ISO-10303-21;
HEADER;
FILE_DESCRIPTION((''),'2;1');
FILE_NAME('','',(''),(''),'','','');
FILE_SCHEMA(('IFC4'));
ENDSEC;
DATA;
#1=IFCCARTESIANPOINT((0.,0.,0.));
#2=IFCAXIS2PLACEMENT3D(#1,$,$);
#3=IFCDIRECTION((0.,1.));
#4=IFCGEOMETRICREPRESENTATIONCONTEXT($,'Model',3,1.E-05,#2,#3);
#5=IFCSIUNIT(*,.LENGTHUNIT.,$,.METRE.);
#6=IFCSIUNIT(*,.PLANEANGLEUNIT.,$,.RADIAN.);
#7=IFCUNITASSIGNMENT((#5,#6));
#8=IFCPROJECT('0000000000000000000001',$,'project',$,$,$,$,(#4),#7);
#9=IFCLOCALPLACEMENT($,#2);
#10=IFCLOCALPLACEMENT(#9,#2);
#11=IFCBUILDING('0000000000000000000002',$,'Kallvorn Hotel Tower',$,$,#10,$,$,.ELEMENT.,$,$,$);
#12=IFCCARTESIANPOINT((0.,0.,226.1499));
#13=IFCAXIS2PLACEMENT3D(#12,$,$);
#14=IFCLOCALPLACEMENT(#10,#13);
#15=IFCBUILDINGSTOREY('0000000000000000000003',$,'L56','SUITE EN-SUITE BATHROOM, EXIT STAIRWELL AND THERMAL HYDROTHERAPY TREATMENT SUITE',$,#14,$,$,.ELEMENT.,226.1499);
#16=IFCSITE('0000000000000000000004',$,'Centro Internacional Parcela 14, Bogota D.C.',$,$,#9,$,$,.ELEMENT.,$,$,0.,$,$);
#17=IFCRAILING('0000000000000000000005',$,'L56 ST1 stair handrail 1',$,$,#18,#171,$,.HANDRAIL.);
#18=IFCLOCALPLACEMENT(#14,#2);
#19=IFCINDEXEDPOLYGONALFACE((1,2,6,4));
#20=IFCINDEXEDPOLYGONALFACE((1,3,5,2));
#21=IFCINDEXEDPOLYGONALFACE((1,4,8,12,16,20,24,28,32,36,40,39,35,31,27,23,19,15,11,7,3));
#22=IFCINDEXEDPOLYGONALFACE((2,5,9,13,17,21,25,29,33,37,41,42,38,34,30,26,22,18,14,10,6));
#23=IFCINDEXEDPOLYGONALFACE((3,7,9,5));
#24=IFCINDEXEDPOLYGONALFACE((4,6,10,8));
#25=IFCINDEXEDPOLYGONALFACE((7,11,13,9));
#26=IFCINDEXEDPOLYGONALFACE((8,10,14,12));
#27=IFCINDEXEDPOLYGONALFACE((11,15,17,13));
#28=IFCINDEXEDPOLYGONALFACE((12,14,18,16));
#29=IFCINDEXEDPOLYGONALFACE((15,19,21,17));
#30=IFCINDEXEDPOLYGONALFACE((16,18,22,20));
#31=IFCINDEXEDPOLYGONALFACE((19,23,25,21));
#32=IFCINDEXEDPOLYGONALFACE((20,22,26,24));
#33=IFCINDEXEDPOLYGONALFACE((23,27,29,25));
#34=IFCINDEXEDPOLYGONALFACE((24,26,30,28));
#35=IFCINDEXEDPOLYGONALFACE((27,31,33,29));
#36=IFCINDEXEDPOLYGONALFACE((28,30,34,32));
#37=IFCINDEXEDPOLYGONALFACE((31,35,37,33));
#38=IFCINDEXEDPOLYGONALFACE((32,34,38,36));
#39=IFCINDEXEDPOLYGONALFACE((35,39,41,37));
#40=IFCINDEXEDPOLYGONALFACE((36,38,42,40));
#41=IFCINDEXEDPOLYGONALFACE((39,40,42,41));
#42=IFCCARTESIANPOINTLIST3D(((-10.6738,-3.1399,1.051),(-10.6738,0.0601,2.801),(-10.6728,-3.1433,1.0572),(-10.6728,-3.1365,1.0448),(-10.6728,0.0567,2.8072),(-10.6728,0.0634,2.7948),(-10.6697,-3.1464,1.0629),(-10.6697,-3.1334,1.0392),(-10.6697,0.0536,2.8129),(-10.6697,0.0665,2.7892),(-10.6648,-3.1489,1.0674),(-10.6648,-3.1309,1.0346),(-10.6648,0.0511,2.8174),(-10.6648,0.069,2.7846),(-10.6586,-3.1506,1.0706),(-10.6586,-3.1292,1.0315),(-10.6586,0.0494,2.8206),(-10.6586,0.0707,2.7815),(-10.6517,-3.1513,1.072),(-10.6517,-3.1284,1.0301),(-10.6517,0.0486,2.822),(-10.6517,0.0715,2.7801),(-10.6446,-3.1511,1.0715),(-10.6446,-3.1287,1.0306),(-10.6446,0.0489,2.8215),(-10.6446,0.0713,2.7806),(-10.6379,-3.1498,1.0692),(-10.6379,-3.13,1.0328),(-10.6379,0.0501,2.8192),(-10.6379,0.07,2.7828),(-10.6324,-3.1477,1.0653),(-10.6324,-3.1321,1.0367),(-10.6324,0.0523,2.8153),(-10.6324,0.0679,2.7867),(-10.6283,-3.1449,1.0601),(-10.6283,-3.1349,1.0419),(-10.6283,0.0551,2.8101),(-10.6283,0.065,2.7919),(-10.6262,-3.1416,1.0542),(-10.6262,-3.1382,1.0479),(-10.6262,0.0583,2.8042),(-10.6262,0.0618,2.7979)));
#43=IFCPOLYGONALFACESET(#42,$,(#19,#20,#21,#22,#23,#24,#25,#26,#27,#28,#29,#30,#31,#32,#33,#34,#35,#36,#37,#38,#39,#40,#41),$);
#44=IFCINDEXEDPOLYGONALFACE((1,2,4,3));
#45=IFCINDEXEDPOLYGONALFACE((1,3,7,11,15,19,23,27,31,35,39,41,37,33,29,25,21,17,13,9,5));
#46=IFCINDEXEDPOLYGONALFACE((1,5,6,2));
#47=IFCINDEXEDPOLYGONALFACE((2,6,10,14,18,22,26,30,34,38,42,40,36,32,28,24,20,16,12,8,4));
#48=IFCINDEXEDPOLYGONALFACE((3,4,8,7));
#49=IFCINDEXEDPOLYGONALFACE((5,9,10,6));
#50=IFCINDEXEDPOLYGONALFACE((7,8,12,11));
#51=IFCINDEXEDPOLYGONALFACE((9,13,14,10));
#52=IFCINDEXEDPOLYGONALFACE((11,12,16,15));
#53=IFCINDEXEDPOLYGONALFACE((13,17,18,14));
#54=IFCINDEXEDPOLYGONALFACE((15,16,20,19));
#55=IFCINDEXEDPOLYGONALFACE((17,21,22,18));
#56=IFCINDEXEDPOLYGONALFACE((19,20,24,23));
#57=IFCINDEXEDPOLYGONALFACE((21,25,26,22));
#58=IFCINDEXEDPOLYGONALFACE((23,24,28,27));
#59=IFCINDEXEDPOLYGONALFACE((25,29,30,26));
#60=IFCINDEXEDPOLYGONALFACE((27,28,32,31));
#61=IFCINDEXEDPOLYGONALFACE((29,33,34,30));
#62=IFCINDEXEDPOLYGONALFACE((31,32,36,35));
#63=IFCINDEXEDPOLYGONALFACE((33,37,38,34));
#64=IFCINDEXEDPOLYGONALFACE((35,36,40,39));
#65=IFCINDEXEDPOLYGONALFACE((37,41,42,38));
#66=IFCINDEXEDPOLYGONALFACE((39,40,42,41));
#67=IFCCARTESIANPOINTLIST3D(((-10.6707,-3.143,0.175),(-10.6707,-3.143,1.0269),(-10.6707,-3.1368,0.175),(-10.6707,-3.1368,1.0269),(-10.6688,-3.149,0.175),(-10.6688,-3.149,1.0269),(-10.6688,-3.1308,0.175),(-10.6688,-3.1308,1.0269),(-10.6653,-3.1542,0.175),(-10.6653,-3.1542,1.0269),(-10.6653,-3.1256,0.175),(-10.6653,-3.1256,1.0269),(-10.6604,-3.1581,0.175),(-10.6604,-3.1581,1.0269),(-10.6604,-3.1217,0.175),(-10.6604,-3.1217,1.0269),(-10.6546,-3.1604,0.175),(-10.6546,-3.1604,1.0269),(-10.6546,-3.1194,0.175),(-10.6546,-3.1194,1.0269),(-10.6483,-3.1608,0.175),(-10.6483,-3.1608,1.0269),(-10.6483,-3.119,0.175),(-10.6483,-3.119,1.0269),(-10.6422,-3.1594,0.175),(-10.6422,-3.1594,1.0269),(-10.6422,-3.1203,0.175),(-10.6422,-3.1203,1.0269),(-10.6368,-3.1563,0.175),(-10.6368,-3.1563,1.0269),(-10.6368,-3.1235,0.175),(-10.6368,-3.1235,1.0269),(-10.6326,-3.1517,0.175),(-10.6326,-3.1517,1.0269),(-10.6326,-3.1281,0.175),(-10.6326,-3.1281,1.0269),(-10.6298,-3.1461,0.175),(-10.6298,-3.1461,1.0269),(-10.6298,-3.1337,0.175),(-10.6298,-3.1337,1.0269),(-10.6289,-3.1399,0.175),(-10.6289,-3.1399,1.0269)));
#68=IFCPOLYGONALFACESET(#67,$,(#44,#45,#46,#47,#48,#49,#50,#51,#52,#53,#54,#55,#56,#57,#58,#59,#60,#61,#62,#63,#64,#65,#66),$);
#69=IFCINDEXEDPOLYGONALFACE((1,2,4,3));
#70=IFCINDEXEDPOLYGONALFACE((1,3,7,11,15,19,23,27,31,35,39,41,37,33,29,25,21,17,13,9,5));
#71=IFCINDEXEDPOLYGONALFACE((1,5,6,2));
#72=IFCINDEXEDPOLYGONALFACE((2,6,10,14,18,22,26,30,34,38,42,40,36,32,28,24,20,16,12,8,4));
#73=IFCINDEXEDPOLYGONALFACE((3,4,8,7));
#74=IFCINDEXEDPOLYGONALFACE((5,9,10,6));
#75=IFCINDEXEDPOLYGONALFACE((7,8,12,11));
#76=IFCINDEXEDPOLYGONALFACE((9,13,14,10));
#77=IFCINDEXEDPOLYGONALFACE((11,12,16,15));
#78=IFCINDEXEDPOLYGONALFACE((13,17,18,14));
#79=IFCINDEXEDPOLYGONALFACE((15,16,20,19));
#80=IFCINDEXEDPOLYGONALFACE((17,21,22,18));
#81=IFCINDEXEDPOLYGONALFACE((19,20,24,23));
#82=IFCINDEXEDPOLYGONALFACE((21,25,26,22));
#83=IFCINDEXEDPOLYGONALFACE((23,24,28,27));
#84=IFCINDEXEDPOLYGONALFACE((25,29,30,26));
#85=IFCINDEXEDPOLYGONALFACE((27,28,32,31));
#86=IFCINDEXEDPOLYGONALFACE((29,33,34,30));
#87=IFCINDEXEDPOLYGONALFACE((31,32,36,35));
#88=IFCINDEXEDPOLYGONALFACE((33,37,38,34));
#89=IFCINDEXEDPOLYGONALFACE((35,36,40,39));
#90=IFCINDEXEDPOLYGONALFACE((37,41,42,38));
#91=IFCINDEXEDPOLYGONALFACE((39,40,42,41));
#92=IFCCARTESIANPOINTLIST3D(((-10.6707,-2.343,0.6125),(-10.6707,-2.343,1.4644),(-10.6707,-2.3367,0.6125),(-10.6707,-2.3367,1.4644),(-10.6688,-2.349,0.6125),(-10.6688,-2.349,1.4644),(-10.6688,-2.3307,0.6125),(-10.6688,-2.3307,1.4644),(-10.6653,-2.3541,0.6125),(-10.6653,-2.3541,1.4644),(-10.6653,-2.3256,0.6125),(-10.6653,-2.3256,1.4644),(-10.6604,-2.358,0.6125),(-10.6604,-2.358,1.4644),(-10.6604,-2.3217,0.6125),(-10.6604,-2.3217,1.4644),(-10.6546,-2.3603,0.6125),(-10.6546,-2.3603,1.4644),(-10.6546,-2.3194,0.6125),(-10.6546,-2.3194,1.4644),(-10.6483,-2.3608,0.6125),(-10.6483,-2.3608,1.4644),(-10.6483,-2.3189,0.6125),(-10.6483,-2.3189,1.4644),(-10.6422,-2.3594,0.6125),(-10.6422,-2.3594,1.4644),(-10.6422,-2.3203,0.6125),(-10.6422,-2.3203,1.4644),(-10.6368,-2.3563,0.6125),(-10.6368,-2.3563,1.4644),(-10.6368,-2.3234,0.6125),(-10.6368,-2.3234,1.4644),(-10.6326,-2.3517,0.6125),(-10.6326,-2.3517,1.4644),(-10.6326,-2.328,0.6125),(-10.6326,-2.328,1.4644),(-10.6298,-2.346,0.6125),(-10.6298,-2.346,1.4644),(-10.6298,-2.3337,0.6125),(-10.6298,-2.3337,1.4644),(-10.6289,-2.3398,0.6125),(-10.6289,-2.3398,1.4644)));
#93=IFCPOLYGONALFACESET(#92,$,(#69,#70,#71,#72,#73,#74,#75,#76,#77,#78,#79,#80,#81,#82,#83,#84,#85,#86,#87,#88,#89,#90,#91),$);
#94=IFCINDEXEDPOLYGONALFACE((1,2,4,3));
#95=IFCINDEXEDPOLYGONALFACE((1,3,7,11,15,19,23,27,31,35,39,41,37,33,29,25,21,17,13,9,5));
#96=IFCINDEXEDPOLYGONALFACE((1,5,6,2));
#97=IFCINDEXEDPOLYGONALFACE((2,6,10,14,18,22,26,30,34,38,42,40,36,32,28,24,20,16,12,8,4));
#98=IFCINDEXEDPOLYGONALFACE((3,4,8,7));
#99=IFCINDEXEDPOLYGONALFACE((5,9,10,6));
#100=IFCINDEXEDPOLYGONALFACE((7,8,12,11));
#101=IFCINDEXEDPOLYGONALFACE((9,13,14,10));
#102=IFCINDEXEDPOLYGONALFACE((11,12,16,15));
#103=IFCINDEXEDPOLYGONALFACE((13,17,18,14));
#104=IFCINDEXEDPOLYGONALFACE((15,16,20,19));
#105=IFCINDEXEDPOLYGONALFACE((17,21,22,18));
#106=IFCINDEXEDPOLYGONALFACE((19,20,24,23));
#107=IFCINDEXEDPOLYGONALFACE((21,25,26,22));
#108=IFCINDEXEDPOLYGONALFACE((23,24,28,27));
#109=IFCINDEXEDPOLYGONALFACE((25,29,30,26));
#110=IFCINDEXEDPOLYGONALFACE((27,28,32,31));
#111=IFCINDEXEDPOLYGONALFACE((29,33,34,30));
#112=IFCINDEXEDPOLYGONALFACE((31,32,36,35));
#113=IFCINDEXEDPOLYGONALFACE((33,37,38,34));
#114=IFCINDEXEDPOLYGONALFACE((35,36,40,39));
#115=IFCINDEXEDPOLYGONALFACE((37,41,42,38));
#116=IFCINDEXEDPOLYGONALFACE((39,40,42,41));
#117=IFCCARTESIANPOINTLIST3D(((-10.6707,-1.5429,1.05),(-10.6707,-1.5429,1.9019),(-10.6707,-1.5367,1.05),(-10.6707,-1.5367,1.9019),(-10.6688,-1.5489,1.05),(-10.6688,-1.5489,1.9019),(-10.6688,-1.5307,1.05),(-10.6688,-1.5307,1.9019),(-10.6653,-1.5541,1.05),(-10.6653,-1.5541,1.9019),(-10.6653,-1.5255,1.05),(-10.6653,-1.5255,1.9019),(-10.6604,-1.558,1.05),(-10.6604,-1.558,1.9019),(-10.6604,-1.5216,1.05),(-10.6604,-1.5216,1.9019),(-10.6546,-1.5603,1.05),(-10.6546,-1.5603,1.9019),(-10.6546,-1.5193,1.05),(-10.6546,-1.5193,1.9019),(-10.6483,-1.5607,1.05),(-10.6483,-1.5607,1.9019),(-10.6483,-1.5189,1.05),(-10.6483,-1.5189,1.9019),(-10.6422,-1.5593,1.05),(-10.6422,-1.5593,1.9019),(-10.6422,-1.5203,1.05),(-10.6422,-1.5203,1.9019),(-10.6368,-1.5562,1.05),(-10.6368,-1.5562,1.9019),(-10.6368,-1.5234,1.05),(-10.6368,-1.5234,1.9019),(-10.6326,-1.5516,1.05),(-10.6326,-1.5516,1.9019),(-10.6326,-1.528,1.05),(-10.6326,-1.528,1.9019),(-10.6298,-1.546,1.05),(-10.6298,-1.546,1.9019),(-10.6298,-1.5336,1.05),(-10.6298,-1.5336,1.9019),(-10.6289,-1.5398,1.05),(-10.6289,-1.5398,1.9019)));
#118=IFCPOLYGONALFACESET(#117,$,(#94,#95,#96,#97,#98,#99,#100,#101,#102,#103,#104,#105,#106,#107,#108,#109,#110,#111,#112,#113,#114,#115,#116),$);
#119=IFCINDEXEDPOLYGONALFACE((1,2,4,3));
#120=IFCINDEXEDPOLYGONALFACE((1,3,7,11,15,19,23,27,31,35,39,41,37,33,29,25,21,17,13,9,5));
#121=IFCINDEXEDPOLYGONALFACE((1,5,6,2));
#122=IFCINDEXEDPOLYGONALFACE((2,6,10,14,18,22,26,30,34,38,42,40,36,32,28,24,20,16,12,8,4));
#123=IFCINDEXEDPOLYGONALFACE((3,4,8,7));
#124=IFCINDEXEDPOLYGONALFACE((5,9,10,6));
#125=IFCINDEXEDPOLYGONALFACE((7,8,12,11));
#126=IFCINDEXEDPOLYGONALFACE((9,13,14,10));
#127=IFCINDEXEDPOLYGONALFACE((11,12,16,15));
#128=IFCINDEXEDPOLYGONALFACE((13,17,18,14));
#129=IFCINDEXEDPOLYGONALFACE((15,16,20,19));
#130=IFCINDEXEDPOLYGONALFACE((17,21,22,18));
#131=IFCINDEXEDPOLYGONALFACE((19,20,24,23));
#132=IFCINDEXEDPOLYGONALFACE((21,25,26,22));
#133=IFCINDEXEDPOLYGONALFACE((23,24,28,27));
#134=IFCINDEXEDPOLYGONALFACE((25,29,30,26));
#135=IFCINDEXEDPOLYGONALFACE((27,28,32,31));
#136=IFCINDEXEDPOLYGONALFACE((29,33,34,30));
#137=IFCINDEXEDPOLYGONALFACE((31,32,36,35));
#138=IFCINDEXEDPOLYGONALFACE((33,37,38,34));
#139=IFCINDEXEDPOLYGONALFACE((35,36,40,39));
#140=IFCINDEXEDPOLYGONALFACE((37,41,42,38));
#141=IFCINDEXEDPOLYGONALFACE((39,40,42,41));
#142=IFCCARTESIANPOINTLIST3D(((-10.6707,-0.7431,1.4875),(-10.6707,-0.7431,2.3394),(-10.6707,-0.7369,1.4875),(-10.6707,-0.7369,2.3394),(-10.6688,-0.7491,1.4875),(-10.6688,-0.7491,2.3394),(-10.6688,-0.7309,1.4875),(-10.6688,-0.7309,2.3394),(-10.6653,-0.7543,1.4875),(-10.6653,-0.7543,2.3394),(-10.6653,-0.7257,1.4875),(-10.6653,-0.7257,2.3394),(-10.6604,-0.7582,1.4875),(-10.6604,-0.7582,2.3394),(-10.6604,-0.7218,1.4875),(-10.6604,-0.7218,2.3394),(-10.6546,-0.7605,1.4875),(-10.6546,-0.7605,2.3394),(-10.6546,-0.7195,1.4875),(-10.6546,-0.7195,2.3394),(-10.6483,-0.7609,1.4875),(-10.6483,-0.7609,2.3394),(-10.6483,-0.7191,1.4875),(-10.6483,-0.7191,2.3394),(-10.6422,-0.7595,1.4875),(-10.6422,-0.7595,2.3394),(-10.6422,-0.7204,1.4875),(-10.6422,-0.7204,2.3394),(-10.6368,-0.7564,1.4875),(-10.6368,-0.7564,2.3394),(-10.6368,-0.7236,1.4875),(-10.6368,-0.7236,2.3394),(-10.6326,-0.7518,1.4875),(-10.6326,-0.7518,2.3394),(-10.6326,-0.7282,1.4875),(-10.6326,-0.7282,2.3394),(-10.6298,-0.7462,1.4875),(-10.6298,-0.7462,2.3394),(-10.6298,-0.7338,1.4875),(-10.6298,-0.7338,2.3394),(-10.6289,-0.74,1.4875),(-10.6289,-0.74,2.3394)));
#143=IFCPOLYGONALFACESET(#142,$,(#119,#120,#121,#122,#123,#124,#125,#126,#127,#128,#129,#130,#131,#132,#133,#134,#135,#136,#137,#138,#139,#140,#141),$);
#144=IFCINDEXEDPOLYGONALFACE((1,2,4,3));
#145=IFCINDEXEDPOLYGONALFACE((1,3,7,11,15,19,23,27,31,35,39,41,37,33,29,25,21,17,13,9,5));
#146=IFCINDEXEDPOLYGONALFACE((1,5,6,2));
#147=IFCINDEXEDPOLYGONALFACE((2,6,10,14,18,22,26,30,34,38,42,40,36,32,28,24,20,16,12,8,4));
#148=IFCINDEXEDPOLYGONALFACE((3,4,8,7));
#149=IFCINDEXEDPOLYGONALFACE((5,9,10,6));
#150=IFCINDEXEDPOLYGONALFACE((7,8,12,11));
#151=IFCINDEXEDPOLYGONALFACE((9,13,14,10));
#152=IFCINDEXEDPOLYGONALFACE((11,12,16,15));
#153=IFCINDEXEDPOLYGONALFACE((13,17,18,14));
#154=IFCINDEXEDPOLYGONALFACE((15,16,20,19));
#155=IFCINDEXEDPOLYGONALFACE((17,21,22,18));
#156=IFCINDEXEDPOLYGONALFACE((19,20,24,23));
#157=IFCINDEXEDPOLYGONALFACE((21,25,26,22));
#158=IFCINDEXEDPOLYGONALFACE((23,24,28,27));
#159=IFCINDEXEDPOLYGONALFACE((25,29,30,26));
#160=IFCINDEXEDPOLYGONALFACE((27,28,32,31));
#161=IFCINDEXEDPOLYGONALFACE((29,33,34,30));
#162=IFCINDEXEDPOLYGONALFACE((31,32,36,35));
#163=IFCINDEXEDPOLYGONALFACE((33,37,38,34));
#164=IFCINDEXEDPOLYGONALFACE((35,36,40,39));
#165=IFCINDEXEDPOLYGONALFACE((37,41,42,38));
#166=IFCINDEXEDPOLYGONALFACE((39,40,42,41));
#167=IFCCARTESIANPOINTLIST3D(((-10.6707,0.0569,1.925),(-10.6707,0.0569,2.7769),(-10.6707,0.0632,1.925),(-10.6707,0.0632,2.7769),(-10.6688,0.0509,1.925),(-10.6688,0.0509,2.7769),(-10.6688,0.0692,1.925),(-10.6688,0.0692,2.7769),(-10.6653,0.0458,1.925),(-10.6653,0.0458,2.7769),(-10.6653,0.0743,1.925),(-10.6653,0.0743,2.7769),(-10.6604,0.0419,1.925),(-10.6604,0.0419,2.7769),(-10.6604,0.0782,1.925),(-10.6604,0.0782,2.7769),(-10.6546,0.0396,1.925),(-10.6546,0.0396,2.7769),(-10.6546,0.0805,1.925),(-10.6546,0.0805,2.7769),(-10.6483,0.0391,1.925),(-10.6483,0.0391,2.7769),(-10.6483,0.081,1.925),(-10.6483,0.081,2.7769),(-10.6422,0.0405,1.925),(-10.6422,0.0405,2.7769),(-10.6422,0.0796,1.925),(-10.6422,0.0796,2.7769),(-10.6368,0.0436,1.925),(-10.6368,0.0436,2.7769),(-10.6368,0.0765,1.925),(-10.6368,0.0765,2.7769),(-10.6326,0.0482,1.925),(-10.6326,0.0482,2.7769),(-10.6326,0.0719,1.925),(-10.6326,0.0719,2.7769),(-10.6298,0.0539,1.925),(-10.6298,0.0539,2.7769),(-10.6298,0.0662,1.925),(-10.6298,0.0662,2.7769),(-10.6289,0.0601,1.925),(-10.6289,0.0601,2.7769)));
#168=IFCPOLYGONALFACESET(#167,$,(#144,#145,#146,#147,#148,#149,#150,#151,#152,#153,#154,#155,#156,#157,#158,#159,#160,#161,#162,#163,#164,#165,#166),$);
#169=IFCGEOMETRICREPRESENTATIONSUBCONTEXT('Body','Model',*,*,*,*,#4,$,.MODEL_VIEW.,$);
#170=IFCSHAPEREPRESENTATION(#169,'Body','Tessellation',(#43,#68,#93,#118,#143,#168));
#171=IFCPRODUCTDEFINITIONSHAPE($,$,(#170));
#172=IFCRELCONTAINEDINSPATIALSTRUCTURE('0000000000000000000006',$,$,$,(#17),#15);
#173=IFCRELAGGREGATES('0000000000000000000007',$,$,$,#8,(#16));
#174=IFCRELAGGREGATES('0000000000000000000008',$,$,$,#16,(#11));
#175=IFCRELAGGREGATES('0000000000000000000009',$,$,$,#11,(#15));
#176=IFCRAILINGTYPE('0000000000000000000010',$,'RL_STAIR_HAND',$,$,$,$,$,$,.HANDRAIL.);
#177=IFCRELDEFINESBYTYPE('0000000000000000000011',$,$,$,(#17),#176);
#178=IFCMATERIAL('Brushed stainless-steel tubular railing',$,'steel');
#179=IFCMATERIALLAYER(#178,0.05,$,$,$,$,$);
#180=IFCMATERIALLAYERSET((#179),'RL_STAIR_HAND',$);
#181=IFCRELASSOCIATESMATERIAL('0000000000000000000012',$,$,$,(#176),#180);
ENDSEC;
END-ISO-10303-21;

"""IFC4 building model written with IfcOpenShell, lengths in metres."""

from ifc_helpers import new_model, si_unit, direction, frame, origin, origin_2d, place, context, subcontext, project, spatial, circle, extrude, material, layer, layer_set, type_object, element, save


model = new_model("IFC4")

# Units and contexts
model_context = context("Model", 3, precision=1e-05, world=origin(), true_north=direction((0.0, 1.0)))
body_context = subcontext(model_context, "Body", "Model", "MODEL_VIEW")
ifc_project = project(units=[si_unit("LENGTHUNIT", "METRE"), si_unit("PLANEANGLEUNIT", "RADIAN")], contexts=[model_context])

# Site, building, storey
site_placement = place(None, origin())
site = spatial("IfcSite", under=ifc_project, at=site_placement, Name="Centro Internacional Parcela 14, Bogota D.C.", CompositionType="ELEMENT", RefElevation=0.0)
building_placement = place(site_placement, origin())
building = spatial("IfcBuilding", under=site, at=building_placement, Name="Kallvorn Hotel Tower", CompositionType="ELEMENT")
storey_placement = place(building_placement, frame((0.0, 0.0, 226.1499)))
storey = spatial("IfcBuildingStorey", under=building, at=storey_placement, Name="L56", Description="SUITE EN-SUITE BATHROOM, EXIT STAIRWELL AND THERMAL HYDROTHERAPY TREATMENT SUITE", CompositionType="ELEMENT", Elevation=226.1499)

# Railing
ifc_material_1 = material(Name="Brushed stainless-steel tubular railing", Category="steel")
ifc_layer_1 = layer(ifc_material_1, 0.05)
ifc_layer_set_1 = layer_set([ifc_layer_1], Name="RL_STAIR_HAND")
railing_type_1 = type_object("IfcRailingType", Name="RL_STAIR_HAND", PredefinedType="HANDRAIL", material=ifc_layer_set_1)
railing_1_placement = place(storey_placement, frame((-10.6499, -3.1399, 0.175)))
element("IfcRailing", 1, at=railing_1_placement, inside=storey, type_object=railing_type_1, Name="L56 ST1 stair handrail 1", PredefinedType="HANDRAIL", context=body_context, shape_type="SweptSolid", body=[
    extrude(circle(Radius=0.0239, at=origin_2d()), frame((0.0, 0.0, 0.876), z_axis=(0.0, 0.877368, 0.479818), x_axis=(-1.0, 0.0, 0.0)), (0.0, 0.0, 1.0), 3.6472),
    extrude(circle(Radius=0.021, at=origin_2d()), origin(), (0.0, 0.0, 1.0), 0.8518),
    extrude(circle(Radius=0.021, at=origin_2d()), frame((0.0, 0.8, 0.4375)), (0.0, 0.0, 1.0), 0.8518),
    extrude(circle(Radius=0.021, at=origin_2d()), frame((0.0, 1.6001, 0.875)), (0.0, 0.0, 1.0), 0.8518),
    extrude(circle(Radius=0.021, at=origin_2d()), frame((0.0, 2.3999, 1.3125)), (0.0, 0.0, 1.0), 0.8518),
    extrude(circle(Radius=0.021, at=origin_2d()), frame((0.0, 3.2, 1.75)), (0.0, 0.0, 1.0), 0.8518),
])

save(model, "model.ifc")
